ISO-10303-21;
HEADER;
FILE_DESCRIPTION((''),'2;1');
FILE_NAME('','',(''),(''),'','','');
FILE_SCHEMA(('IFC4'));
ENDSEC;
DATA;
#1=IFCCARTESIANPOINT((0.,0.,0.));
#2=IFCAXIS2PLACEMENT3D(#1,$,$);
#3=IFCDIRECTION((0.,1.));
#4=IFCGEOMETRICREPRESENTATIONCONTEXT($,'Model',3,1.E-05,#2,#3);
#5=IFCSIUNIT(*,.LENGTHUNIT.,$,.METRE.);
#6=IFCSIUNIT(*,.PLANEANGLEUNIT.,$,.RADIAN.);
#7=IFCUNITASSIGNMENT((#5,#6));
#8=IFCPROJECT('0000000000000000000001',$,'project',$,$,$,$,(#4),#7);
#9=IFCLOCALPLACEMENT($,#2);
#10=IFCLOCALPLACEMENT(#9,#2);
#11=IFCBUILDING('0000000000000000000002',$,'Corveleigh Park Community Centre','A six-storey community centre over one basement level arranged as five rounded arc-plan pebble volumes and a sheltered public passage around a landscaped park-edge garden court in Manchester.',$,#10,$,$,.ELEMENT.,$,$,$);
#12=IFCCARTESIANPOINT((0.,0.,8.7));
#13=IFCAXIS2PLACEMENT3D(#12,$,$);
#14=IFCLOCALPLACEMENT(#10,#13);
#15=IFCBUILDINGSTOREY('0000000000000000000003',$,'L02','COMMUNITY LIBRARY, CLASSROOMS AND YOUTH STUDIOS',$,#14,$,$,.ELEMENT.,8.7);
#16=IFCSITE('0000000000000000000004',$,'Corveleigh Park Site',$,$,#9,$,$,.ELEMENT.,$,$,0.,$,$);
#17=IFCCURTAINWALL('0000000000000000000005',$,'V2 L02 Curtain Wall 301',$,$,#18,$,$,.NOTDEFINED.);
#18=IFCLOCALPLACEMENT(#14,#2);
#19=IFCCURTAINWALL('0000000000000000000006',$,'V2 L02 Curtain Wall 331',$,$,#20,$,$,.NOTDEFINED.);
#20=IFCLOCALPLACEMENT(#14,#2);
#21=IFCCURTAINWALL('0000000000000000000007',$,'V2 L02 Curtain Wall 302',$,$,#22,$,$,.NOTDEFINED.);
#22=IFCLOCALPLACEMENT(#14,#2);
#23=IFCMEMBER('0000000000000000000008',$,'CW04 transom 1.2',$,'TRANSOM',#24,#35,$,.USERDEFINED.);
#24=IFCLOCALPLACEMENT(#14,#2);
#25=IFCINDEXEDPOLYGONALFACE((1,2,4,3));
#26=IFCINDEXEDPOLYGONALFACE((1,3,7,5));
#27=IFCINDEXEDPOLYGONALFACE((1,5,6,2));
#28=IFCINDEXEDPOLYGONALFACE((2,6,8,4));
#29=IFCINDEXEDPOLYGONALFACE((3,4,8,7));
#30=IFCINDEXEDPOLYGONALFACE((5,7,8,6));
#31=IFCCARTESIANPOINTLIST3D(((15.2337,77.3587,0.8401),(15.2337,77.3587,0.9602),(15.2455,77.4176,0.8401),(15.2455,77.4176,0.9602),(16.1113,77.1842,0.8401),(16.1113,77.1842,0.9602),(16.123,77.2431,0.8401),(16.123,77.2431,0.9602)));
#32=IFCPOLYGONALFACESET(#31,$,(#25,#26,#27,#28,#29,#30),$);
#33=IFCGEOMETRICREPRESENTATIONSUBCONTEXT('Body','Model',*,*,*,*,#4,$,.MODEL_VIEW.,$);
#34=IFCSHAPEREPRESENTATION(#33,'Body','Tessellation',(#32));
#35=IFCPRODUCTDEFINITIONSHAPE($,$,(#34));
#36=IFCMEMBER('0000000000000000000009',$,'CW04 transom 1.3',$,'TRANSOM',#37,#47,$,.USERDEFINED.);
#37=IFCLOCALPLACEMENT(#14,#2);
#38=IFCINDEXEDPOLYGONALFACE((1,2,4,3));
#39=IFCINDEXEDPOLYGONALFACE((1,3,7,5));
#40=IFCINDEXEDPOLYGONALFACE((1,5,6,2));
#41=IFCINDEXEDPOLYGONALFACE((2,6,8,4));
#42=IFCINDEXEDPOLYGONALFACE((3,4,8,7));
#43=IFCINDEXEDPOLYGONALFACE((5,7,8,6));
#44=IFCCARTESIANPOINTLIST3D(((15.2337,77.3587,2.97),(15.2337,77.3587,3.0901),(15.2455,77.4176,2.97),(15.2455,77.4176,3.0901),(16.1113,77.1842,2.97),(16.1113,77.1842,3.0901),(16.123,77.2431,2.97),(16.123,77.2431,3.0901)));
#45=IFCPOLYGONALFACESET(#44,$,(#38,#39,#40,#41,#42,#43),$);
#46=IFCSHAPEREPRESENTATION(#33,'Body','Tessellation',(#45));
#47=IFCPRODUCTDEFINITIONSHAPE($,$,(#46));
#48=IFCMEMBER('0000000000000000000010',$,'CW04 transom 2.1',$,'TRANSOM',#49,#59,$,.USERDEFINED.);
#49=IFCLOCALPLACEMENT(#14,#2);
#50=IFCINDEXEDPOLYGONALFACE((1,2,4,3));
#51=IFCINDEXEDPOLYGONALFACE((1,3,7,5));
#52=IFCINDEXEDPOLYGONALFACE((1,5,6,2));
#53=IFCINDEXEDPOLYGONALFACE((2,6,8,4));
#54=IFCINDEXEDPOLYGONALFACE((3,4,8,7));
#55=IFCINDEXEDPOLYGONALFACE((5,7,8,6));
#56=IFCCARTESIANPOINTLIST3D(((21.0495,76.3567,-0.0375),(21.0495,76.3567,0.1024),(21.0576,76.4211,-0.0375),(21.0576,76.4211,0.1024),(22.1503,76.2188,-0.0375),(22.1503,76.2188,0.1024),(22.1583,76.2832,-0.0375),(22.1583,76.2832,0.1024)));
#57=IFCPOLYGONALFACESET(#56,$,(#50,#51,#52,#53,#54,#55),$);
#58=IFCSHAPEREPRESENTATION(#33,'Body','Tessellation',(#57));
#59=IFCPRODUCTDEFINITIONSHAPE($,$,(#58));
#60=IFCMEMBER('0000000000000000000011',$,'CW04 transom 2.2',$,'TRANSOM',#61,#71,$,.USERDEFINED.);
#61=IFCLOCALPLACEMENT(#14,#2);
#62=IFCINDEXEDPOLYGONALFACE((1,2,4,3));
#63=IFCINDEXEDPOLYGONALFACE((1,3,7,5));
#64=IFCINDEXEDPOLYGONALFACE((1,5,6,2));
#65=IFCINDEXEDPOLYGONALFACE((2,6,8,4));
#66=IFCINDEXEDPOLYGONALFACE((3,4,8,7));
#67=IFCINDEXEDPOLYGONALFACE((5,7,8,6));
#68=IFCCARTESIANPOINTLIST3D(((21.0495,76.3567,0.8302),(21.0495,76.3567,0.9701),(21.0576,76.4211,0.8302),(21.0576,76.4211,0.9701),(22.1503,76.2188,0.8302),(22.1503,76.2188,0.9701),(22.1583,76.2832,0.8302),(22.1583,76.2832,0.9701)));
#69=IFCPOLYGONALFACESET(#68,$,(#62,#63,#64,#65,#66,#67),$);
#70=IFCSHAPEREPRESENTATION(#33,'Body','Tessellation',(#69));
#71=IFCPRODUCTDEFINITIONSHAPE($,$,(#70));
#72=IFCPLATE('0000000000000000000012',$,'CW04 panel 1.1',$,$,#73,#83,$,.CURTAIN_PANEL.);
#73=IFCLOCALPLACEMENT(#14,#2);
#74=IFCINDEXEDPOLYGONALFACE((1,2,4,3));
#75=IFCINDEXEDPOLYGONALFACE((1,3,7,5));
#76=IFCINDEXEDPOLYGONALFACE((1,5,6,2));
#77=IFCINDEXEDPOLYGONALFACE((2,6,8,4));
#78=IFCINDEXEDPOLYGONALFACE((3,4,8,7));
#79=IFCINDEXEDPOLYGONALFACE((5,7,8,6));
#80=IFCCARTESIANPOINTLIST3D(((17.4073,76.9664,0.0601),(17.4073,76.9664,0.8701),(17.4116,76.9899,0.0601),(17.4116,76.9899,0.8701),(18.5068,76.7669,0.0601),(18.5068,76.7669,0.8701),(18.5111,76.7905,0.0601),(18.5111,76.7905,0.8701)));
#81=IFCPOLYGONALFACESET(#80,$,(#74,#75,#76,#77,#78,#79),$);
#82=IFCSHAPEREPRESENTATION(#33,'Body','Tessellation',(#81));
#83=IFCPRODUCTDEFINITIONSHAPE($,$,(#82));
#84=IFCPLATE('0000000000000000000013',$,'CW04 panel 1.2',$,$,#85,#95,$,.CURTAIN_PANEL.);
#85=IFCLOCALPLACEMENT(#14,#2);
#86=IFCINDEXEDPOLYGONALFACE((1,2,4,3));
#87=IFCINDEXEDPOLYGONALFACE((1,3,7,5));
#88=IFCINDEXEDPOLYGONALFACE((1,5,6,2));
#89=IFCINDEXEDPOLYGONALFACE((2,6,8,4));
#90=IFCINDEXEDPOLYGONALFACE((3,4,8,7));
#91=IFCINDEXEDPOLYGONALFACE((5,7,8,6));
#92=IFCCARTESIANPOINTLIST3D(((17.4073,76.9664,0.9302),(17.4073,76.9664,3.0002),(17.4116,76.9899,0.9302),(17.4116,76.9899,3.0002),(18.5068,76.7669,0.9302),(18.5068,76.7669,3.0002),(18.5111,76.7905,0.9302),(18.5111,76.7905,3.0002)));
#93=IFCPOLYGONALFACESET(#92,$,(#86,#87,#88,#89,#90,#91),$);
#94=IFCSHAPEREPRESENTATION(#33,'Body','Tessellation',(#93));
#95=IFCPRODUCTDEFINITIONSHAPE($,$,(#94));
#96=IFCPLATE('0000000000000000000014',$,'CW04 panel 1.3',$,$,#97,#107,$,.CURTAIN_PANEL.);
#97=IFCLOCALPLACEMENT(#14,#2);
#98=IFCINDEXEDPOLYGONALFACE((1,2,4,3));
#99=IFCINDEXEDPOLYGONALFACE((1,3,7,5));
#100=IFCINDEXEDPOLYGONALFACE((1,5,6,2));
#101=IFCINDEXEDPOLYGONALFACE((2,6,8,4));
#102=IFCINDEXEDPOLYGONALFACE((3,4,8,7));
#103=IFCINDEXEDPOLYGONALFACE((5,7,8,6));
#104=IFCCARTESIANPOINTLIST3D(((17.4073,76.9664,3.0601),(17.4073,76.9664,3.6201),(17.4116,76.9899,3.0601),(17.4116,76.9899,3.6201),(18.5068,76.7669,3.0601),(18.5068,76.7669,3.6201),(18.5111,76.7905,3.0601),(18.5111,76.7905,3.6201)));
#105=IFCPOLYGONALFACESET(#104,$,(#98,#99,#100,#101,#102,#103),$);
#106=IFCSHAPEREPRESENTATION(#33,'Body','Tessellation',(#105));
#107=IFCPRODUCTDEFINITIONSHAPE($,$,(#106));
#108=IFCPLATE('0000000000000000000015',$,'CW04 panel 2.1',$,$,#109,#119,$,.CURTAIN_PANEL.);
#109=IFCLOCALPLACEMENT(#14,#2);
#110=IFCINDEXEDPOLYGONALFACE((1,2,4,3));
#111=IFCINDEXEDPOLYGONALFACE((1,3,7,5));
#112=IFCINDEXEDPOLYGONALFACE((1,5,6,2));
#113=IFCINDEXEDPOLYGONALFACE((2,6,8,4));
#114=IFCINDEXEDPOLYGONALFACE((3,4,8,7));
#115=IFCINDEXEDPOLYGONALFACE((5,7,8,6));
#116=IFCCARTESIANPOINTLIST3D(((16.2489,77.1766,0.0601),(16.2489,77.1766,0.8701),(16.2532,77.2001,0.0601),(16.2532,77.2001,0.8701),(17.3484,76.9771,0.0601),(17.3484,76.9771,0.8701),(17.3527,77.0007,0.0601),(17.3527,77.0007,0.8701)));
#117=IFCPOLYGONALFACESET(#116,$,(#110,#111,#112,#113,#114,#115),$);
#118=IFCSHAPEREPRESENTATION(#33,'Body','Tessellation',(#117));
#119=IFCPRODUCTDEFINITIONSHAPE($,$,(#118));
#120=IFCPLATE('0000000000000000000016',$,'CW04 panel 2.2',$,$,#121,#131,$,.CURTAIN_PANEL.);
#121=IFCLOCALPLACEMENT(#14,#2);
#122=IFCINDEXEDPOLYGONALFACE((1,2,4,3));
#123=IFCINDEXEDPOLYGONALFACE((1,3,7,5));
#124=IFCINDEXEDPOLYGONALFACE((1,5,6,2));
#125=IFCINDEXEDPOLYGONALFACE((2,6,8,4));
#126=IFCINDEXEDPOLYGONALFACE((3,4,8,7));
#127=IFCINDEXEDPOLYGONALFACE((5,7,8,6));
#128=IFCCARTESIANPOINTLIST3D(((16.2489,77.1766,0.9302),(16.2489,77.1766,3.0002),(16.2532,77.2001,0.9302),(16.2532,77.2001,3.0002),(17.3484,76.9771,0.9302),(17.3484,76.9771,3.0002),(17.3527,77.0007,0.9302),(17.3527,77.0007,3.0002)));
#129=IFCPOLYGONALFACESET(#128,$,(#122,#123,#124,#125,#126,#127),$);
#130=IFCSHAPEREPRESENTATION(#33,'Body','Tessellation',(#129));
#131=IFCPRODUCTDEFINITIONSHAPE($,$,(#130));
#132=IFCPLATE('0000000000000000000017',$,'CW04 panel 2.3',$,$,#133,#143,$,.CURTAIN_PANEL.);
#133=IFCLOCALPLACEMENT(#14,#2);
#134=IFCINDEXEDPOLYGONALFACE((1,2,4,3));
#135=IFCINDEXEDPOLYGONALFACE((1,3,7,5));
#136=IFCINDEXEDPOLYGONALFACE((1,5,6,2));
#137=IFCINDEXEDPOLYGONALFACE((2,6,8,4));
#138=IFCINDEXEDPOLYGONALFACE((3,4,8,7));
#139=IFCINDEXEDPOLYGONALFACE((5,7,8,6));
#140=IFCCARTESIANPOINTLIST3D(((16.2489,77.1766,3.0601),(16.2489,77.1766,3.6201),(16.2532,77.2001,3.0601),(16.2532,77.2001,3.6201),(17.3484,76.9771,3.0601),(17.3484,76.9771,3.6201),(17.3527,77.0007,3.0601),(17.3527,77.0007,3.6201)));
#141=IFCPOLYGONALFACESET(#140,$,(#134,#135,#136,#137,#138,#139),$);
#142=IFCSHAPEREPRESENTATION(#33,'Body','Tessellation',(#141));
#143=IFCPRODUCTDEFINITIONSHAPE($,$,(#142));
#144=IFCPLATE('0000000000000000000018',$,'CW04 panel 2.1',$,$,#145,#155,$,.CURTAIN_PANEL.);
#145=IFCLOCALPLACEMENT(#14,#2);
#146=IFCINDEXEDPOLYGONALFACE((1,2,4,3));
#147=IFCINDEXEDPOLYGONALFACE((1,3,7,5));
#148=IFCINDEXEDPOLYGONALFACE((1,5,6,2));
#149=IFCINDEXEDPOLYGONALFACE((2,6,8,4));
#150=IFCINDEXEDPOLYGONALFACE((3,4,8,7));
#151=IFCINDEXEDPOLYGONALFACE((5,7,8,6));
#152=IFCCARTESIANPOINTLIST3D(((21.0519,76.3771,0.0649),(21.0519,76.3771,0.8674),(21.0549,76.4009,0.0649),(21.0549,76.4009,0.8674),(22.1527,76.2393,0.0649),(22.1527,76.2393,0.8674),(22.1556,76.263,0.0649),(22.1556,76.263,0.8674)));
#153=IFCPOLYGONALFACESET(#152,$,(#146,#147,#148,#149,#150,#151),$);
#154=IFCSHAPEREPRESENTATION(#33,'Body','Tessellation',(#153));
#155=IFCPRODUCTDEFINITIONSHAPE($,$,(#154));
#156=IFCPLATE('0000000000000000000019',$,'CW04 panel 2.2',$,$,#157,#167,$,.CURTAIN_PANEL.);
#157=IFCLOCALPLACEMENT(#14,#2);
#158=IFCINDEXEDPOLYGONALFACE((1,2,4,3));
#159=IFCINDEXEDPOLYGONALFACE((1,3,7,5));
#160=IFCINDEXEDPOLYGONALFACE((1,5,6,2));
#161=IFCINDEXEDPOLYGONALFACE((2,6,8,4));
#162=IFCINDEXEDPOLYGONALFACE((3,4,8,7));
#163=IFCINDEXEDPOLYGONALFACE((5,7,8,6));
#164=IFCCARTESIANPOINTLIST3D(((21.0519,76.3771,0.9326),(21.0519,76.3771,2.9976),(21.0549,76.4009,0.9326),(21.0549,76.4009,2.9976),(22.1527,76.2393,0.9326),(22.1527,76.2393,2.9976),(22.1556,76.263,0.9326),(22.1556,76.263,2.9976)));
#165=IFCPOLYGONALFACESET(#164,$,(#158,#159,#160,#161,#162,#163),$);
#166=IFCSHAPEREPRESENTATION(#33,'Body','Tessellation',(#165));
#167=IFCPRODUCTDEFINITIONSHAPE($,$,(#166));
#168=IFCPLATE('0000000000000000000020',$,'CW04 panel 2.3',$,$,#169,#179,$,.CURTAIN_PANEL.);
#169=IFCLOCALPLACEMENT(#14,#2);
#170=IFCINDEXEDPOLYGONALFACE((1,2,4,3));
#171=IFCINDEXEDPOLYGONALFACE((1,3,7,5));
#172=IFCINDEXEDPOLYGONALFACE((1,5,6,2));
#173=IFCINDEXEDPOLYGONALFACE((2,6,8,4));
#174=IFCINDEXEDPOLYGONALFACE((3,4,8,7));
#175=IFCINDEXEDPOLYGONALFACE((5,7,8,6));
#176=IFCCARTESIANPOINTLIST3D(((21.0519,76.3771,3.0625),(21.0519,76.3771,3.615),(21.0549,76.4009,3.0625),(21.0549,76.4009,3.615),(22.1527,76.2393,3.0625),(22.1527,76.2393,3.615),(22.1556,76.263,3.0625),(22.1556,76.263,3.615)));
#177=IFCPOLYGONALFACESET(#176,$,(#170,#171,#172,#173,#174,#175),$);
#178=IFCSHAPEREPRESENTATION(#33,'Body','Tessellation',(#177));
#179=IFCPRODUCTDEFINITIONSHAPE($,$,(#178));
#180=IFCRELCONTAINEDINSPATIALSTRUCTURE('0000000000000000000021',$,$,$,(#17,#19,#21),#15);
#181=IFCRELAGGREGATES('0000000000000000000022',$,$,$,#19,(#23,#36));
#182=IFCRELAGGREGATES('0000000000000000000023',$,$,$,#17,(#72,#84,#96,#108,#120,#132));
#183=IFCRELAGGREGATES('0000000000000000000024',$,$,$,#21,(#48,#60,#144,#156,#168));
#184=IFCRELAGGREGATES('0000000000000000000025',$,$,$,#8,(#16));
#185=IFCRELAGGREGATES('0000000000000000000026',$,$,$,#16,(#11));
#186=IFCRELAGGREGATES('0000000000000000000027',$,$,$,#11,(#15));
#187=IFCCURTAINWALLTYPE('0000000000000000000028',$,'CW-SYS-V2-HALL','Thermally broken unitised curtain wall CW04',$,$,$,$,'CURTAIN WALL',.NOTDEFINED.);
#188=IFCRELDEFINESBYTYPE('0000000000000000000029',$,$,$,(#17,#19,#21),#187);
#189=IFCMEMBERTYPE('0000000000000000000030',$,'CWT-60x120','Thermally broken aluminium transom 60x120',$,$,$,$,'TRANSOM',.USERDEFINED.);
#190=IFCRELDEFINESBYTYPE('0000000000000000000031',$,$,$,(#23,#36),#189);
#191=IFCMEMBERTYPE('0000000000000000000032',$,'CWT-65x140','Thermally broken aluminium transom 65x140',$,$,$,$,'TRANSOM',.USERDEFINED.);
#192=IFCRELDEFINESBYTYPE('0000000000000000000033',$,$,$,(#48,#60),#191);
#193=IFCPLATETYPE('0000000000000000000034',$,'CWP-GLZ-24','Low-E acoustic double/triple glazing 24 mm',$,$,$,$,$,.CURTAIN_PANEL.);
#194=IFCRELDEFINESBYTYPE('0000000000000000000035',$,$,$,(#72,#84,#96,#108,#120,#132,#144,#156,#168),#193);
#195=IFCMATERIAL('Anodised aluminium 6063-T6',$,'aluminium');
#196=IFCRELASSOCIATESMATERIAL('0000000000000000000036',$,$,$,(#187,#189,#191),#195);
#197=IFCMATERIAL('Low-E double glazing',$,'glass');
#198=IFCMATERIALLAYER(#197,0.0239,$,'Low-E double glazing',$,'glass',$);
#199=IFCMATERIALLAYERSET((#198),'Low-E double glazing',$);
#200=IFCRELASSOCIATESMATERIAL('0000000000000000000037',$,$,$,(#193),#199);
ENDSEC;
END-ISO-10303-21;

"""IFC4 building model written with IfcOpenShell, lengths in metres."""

from ifc_helpers import new_model, si_unit, direction, frame, origin, origin_2d, place, context, subcontext, project, spatial, rectangle, extrude, material, layer, layer_set, material_profile, profile_set, type_object, element, aggregate, save


model = new_model("IFC4")

# Units and contexts
model_context = context("Model", 3, precision=1e-05, world=origin(), true_north=direction((0.0, 1.0)))
body_context = subcontext(model_context, "Body", "Model", "MODEL_VIEW")
ifc_project = project(units=[si_unit("LENGTHUNIT", "METRE"), si_unit("PLANEANGLEUNIT", "RADIAN")], contexts=[model_context])

# Site, building, storey
site_placement = place(None, origin())
site = spatial("IfcSite", under=ifc_project, at=site_placement, Name="Corveleigh Park Site", CompositionType="ELEMENT", RefElevation=0.0)
building_placement = place(site_placement, origin())
building = spatial("IfcBuilding", under=site, at=building_placement, Name="Corveleigh Park Community Centre", Description="A six-storey community centre over one basement level arranged as five rounded arc-plan pebble volumes and a sheltered public passage around a landscaped park-edge garden court in Manchester.", CompositionType="ELEMENT")
storey_placement = place(building_placement, frame((0.0, 0.0, 8.7)))
storey = spatial("IfcBuildingStorey", under=building, at=storey_placement, Name="L02", Description="COMMUNITY LIBRARY, CLASSROOMS AND YOUTH STUDIOS", CompositionType="ELEMENT", Elevation=8.7)

# Curtain wall
ifc_material_1 = material(Name="Anodised aluminium 6063-T6", Category="aluminium")
curtain_wall_type = type_object("IfcCurtainWallType", Name="CW-SYS-V2-HALL", Description="Thermally broken unitised curtain wall CW04", ElementType="CURTAIN WALL", PredefinedType="NOTDEFINED", material=ifc_material_1)
curtain_wall_1_placement = place(storey_placement, origin())
curtain_wall_1 = element("IfcCurtainWall", 1, at=curtain_wall_1_placement, inside=storey, type_object=curtain_wall_type, Name="V2 L02 Curtain Wall 301", PredefinedType="NOTDEFINED")

# Curtain walls
curtain_wall_2_placement = place(storey_placement, origin())
curtain_wall_2 = element("IfcCurtainWall", 2, at=curtain_wall_2_placement, inside=storey, type_object=curtain_wall_type, Name="V2 L02 Curtain Wall 331", PredefinedType="NOTDEFINED")
curtain_wall_3_placement = place(storey_placement, origin())
curtain_wall_3 = element("IfcCurtainWall", 3, at=curtain_wall_3_placement, inside=storey, type_object=curtain_wall_type, Name="V2 L02 Curtain Wall 302", PredefinedType="NOTDEFINED")

# Members
ifc_material_profile_1 = material_profile(ifc_material_1, rectangle(XDim=0.0601, YDim=0.1201, at=origin_2d()), Name="ALU-T60x120", Category="aluminium")
ifc_profile_set_1 = profile_set([ifc_material_profile_1], Name="Anodised aluminium 6063-T6")
member_type_1 = type_object("IfcMemberType", Name="CWT-60x120", Description="Thermally broken aluminium transom 60x120", ElementType="TRANSOM", PredefinedType="USERDEFINED", material=ifc_profile_set_1)
member_1_placement = place(storey_placement, frame((16.1172, 77.2136, 0.9001), z_axis=(-0.98079, 0.195067, 0.0), x_axis=(-0.195067, -0.98079, 0.0)))
member_1 = element("IfcMember", 4, at=member_1_placement, type_object=member_type_1, Name="CW04 transom 1.2", ObjectType="TRANSOM", PredefinedType="USERDEFINED", context=body_context, shape_type="SweptSolid", body=[
    extrude(rectangle(XDim=0.0601, YDim=0.1201, at=origin_2d()), origin(), (0.0, 0.0, 1.0), 0.8948),
])
member_2_placement = place(storey_placement, frame((16.1172, 77.2136, 3.03), z_axis=(-0.98079, 0.195067, 0.0), x_axis=(-0.195067, -0.98079, 0.0)))
member_2 = element("IfcMember", 5, at=member_2_placement, type_object=member_type_1, Name="CW04 transom 1.3", ObjectType="TRANSOM", PredefinedType="USERDEFINED", context=body_context, shape_type="SweptSolid", body=[
    extrude(rectangle(XDim=0.0601, YDim=0.1201, at=origin_2d()), origin(), (0.0, 0.0, 1.0), 0.8948),
])
aggregate(curtain_wall_2, [member_1, member_2])
ifc_material_profile_2 = material_profile(ifc_material_1, rectangle(XDim=0.0649, YDim=0.1399, at=origin_2d()), Name="ALU-T65x140", Category="aluminium")
ifc_profile_set_2 = profile_set([ifc_material_profile_2], Name="Anodised aluminium 6063-T6")
member_type_2 = type_object("IfcMemberType", Name="CWT-65x140", Description="Thermally broken aluminium transom 65x140", ElementType="TRANSOM", PredefinedType="USERDEFINED", material=ifc_profile_set_2)
member_3_placement = place(storey_placement, frame((22.1543, 76.251, 0.0325), z_axis=(-0.992241, 0.124333, 0.0), x_axis=(-0.124333, -0.992241, 0.0)))
member_3 = element("IfcMember", 6, at=member_3_placement, type_object=member_type_2, Name="CW04 transom 2.1", ObjectType="TRANSOM", PredefinedType="USERDEFINED", context=body_context, shape_type="SweptSolid", body=[
    extrude(rectangle(XDim=0.0649, YDim=0.1399, at=origin_2d()), origin(), (0.0, 0.0, 1.0), 1.1094),
])
member_4_placement = place(storey_placement, frame((22.1543, 76.251, 0.9001), z_axis=(-0.992241, 0.124333, 0.0), x_axis=(-0.124333, -0.992241, 0.0)))
member_4 = element("IfcMember", 7, at=member_4_placement, type_object=member_type_2, Name="CW04 transom 2.2", ObjectType="TRANSOM", PredefinedType="USERDEFINED", context=body_context, shape_type="SweptSolid", body=[
    extrude(rectangle(XDim=0.0649, YDim=0.1399, at=origin_2d()), origin(), (0.0, 0.0, 1.0), 1.1094),
])

# Plates
ifc_material_2 = material(Name="Low-E double glazing", Category="glass")
ifc_layer_1 = layer(ifc_material_2, 0.0239, Name="Low-E double glazing", Category="glass")
ifc_layer_set_1 = layer_set([ifc_layer_1], Name="Low-E double glazing")
plate_type = type_object("IfcPlateType", Name="CWP-GLZ-24", Description="Low-E acoustic double/triple glazing 24 mm", PredefinedType="CURTAIN_PANEL", material=ifc_layer_set_1)
plate_1_placement = place(storey_placement, frame((17.9592, 76.8784, 0.0601), z_axis=(0.0, 0.0, 1.0), x_axis=(-0.983943, 0.178485, 0.0)))
plate_1 = element("IfcPlate", 8, at=plate_1_placement, type_object=plate_type, Name="CW04 panel 1.1", PredefinedType="CURTAIN_PANEL", context=body_context, shape_type="SweptSolid", body=[
    extrude(rectangle(XDim=1.1174, YDim=0.0239, at=origin_2d()), origin(), (0.0, 0.0, 1.0), 0.8101),
])
plate_2_placement = place(storey_placement, frame((17.9592, 76.8784, 0.9302), z_axis=(0.0, 0.0, 1.0), x_axis=(-0.983943, 0.178485, 0.0)))
plate_2 = element("IfcPlate", 9, at=plate_2_placement, type_object=plate_type, Name="CW04 panel 1.2", PredefinedType="CURTAIN_PANEL", context=body_context, shape_type="SweptSolid", body=[
    extrude(rectangle(XDim=1.1174, YDim=0.0239, at=origin_2d()), origin(), (0.0, 0.0, 1.0), 2.0701),
])
plate_3_placement = place(storey_placement, frame((17.9592, 76.8784, 3.0601), z_axis=(0.0, 0.0, 1.0), x_axis=(-0.983943, 0.178485, 0.0)))
plate_3 = element("IfcPlate", 10, at=plate_3_placement, type_object=plate_type, Name="CW04 panel 1.3", PredefinedType="CURTAIN_PANEL", context=body_context, shape_type="SweptSolid", body=[
    extrude(rectangle(XDim=1.1174, YDim=0.0239, at=origin_2d()), origin(), (0.0, 0.0, 1.0), 0.5601),
])
plate_4_placement = place(storey_placement, frame((16.8008, 77.0886, 0.0601), z_axis=(0.0, 0.0, 1.0), x_axis=(-0.983943, 0.178485, 0.0)))
plate_4 = element("IfcPlate", 11, at=plate_4_placement, type_object=plate_type, Name="CW04 panel 2.1", PredefinedType="CURTAIN_PANEL", context=body_context, shape_type="SweptSolid", body=[
    extrude(rectangle(XDim=1.1174, YDim=0.0239, at=origin_2d()), origin(), (0.0, 0.0, 1.0), 0.8101),
])
plate_5_placement = place(storey_placement, frame((16.8008, 77.0886, 0.9302), z_axis=(0.0, 0.0, 1.0), x_axis=(-0.983943, 0.178485, 0.0)))
plate_5 = element("IfcPlate", 12, at=plate_5_placement, type_object=plate_type, Name="CW04 panel 2.2", PredefinedType="CURTAIN_PANEL", context=body_context, shape_type="SweptSolid", body=[
    extrude(rectangle(XDim=1.1174, YDim=0.0239, at=origin_2d()), origin(), (0.0, 0.0, 1.0), 2.0701),
])
plate_6_placement = place(storey_placement, frame((16.8008, 77.0886, 3.0601), z_axis=(0.0, 0.0, 1.0), x_axis=(-0.983943, 0.178485, 0.0)))
plate_6 = element("IfcPlate", 13, at=plate_6_placement, type_object=plate_type, Name="CW04 panel 2.3", PredefinedType="CURTAIN_PANEL", context=body_context, shape_type="SweptSolid", body=[
    extrude(rectangle(XDim=1.1174, YDim=0.0239, at=origin_2d()), origin(), (0.0, 0.0, 1.0), 0.5601),
])
aggregate(curtain_wall_1, [plate_1, plate_2, plate_3, plate_4, plate_5, plate_6])
plate_7_placement = place(storey_placement, frame((21.6038, 76.3201, 0.0649), z_axis=(0.0, 0.0, 1.0), x_axis=(-0.992246, 0.12429, 0.0)))
plate_7 = element("IfcPlate", 14, at=plate_7_placement, type_object=plate_type, Name="CW04 panel 2.1", PredefinedType="CURTAIN_PANEL", context=body_context, shape_type="SweptSolid", body=[
    extrude(rectangle(XDim=1.1094, YDim=0.0239, at=origin_2d()), origin(), (0.0, 0.0, 1.0), 0.8025),
])
plate_8_placement = place(storey_placement, frame((21.6038, 76.3201, 0.9326), z_axis=(0.0, 0.0, 1.0), x_axis=(-0.992246, 0.12429, 0.0)))
plate_8 = element("IfcPlate", 15, at=plate_8_placement, type_object=plate_type, Name="CW04 panel 2.2", PredefinedType="CURTAIN_PANEL", context=body_context, shape_type="SweptSolid", body=[
    extrude(rectangle(XDim=1.1094, YDim=0.0239, at=origin_2d()), origin(), (0.0, 0.0, 1.0), 2.0649),
])
plate_9_placement = place(storey_placement, frame((21.6038, 76.3201, 3.0625), z_axis=(0.0, 0.0, 1.0), x_axis=(-0.992246, 0.12429, 0.0)))
plate_9 = element("IfcPlate", 16, at=plate_9_placement, type_object=plate_type, Name="CW04 panel 2.3", PredefinedType="CURTAIN_PANEL", context=body_context, shape_type="SweptSolid", body=[
    extrude(rectangle(XDim=1.1094, YDim=0.0239, at=origin_2d()), origin(), (0.0, 0.0, 1.0), 0.5525),
])
aggregate(curtain_wall_3, [member_3, member_4, plate_7, plate_8, plate_9])

save(model, "model.ifc")
